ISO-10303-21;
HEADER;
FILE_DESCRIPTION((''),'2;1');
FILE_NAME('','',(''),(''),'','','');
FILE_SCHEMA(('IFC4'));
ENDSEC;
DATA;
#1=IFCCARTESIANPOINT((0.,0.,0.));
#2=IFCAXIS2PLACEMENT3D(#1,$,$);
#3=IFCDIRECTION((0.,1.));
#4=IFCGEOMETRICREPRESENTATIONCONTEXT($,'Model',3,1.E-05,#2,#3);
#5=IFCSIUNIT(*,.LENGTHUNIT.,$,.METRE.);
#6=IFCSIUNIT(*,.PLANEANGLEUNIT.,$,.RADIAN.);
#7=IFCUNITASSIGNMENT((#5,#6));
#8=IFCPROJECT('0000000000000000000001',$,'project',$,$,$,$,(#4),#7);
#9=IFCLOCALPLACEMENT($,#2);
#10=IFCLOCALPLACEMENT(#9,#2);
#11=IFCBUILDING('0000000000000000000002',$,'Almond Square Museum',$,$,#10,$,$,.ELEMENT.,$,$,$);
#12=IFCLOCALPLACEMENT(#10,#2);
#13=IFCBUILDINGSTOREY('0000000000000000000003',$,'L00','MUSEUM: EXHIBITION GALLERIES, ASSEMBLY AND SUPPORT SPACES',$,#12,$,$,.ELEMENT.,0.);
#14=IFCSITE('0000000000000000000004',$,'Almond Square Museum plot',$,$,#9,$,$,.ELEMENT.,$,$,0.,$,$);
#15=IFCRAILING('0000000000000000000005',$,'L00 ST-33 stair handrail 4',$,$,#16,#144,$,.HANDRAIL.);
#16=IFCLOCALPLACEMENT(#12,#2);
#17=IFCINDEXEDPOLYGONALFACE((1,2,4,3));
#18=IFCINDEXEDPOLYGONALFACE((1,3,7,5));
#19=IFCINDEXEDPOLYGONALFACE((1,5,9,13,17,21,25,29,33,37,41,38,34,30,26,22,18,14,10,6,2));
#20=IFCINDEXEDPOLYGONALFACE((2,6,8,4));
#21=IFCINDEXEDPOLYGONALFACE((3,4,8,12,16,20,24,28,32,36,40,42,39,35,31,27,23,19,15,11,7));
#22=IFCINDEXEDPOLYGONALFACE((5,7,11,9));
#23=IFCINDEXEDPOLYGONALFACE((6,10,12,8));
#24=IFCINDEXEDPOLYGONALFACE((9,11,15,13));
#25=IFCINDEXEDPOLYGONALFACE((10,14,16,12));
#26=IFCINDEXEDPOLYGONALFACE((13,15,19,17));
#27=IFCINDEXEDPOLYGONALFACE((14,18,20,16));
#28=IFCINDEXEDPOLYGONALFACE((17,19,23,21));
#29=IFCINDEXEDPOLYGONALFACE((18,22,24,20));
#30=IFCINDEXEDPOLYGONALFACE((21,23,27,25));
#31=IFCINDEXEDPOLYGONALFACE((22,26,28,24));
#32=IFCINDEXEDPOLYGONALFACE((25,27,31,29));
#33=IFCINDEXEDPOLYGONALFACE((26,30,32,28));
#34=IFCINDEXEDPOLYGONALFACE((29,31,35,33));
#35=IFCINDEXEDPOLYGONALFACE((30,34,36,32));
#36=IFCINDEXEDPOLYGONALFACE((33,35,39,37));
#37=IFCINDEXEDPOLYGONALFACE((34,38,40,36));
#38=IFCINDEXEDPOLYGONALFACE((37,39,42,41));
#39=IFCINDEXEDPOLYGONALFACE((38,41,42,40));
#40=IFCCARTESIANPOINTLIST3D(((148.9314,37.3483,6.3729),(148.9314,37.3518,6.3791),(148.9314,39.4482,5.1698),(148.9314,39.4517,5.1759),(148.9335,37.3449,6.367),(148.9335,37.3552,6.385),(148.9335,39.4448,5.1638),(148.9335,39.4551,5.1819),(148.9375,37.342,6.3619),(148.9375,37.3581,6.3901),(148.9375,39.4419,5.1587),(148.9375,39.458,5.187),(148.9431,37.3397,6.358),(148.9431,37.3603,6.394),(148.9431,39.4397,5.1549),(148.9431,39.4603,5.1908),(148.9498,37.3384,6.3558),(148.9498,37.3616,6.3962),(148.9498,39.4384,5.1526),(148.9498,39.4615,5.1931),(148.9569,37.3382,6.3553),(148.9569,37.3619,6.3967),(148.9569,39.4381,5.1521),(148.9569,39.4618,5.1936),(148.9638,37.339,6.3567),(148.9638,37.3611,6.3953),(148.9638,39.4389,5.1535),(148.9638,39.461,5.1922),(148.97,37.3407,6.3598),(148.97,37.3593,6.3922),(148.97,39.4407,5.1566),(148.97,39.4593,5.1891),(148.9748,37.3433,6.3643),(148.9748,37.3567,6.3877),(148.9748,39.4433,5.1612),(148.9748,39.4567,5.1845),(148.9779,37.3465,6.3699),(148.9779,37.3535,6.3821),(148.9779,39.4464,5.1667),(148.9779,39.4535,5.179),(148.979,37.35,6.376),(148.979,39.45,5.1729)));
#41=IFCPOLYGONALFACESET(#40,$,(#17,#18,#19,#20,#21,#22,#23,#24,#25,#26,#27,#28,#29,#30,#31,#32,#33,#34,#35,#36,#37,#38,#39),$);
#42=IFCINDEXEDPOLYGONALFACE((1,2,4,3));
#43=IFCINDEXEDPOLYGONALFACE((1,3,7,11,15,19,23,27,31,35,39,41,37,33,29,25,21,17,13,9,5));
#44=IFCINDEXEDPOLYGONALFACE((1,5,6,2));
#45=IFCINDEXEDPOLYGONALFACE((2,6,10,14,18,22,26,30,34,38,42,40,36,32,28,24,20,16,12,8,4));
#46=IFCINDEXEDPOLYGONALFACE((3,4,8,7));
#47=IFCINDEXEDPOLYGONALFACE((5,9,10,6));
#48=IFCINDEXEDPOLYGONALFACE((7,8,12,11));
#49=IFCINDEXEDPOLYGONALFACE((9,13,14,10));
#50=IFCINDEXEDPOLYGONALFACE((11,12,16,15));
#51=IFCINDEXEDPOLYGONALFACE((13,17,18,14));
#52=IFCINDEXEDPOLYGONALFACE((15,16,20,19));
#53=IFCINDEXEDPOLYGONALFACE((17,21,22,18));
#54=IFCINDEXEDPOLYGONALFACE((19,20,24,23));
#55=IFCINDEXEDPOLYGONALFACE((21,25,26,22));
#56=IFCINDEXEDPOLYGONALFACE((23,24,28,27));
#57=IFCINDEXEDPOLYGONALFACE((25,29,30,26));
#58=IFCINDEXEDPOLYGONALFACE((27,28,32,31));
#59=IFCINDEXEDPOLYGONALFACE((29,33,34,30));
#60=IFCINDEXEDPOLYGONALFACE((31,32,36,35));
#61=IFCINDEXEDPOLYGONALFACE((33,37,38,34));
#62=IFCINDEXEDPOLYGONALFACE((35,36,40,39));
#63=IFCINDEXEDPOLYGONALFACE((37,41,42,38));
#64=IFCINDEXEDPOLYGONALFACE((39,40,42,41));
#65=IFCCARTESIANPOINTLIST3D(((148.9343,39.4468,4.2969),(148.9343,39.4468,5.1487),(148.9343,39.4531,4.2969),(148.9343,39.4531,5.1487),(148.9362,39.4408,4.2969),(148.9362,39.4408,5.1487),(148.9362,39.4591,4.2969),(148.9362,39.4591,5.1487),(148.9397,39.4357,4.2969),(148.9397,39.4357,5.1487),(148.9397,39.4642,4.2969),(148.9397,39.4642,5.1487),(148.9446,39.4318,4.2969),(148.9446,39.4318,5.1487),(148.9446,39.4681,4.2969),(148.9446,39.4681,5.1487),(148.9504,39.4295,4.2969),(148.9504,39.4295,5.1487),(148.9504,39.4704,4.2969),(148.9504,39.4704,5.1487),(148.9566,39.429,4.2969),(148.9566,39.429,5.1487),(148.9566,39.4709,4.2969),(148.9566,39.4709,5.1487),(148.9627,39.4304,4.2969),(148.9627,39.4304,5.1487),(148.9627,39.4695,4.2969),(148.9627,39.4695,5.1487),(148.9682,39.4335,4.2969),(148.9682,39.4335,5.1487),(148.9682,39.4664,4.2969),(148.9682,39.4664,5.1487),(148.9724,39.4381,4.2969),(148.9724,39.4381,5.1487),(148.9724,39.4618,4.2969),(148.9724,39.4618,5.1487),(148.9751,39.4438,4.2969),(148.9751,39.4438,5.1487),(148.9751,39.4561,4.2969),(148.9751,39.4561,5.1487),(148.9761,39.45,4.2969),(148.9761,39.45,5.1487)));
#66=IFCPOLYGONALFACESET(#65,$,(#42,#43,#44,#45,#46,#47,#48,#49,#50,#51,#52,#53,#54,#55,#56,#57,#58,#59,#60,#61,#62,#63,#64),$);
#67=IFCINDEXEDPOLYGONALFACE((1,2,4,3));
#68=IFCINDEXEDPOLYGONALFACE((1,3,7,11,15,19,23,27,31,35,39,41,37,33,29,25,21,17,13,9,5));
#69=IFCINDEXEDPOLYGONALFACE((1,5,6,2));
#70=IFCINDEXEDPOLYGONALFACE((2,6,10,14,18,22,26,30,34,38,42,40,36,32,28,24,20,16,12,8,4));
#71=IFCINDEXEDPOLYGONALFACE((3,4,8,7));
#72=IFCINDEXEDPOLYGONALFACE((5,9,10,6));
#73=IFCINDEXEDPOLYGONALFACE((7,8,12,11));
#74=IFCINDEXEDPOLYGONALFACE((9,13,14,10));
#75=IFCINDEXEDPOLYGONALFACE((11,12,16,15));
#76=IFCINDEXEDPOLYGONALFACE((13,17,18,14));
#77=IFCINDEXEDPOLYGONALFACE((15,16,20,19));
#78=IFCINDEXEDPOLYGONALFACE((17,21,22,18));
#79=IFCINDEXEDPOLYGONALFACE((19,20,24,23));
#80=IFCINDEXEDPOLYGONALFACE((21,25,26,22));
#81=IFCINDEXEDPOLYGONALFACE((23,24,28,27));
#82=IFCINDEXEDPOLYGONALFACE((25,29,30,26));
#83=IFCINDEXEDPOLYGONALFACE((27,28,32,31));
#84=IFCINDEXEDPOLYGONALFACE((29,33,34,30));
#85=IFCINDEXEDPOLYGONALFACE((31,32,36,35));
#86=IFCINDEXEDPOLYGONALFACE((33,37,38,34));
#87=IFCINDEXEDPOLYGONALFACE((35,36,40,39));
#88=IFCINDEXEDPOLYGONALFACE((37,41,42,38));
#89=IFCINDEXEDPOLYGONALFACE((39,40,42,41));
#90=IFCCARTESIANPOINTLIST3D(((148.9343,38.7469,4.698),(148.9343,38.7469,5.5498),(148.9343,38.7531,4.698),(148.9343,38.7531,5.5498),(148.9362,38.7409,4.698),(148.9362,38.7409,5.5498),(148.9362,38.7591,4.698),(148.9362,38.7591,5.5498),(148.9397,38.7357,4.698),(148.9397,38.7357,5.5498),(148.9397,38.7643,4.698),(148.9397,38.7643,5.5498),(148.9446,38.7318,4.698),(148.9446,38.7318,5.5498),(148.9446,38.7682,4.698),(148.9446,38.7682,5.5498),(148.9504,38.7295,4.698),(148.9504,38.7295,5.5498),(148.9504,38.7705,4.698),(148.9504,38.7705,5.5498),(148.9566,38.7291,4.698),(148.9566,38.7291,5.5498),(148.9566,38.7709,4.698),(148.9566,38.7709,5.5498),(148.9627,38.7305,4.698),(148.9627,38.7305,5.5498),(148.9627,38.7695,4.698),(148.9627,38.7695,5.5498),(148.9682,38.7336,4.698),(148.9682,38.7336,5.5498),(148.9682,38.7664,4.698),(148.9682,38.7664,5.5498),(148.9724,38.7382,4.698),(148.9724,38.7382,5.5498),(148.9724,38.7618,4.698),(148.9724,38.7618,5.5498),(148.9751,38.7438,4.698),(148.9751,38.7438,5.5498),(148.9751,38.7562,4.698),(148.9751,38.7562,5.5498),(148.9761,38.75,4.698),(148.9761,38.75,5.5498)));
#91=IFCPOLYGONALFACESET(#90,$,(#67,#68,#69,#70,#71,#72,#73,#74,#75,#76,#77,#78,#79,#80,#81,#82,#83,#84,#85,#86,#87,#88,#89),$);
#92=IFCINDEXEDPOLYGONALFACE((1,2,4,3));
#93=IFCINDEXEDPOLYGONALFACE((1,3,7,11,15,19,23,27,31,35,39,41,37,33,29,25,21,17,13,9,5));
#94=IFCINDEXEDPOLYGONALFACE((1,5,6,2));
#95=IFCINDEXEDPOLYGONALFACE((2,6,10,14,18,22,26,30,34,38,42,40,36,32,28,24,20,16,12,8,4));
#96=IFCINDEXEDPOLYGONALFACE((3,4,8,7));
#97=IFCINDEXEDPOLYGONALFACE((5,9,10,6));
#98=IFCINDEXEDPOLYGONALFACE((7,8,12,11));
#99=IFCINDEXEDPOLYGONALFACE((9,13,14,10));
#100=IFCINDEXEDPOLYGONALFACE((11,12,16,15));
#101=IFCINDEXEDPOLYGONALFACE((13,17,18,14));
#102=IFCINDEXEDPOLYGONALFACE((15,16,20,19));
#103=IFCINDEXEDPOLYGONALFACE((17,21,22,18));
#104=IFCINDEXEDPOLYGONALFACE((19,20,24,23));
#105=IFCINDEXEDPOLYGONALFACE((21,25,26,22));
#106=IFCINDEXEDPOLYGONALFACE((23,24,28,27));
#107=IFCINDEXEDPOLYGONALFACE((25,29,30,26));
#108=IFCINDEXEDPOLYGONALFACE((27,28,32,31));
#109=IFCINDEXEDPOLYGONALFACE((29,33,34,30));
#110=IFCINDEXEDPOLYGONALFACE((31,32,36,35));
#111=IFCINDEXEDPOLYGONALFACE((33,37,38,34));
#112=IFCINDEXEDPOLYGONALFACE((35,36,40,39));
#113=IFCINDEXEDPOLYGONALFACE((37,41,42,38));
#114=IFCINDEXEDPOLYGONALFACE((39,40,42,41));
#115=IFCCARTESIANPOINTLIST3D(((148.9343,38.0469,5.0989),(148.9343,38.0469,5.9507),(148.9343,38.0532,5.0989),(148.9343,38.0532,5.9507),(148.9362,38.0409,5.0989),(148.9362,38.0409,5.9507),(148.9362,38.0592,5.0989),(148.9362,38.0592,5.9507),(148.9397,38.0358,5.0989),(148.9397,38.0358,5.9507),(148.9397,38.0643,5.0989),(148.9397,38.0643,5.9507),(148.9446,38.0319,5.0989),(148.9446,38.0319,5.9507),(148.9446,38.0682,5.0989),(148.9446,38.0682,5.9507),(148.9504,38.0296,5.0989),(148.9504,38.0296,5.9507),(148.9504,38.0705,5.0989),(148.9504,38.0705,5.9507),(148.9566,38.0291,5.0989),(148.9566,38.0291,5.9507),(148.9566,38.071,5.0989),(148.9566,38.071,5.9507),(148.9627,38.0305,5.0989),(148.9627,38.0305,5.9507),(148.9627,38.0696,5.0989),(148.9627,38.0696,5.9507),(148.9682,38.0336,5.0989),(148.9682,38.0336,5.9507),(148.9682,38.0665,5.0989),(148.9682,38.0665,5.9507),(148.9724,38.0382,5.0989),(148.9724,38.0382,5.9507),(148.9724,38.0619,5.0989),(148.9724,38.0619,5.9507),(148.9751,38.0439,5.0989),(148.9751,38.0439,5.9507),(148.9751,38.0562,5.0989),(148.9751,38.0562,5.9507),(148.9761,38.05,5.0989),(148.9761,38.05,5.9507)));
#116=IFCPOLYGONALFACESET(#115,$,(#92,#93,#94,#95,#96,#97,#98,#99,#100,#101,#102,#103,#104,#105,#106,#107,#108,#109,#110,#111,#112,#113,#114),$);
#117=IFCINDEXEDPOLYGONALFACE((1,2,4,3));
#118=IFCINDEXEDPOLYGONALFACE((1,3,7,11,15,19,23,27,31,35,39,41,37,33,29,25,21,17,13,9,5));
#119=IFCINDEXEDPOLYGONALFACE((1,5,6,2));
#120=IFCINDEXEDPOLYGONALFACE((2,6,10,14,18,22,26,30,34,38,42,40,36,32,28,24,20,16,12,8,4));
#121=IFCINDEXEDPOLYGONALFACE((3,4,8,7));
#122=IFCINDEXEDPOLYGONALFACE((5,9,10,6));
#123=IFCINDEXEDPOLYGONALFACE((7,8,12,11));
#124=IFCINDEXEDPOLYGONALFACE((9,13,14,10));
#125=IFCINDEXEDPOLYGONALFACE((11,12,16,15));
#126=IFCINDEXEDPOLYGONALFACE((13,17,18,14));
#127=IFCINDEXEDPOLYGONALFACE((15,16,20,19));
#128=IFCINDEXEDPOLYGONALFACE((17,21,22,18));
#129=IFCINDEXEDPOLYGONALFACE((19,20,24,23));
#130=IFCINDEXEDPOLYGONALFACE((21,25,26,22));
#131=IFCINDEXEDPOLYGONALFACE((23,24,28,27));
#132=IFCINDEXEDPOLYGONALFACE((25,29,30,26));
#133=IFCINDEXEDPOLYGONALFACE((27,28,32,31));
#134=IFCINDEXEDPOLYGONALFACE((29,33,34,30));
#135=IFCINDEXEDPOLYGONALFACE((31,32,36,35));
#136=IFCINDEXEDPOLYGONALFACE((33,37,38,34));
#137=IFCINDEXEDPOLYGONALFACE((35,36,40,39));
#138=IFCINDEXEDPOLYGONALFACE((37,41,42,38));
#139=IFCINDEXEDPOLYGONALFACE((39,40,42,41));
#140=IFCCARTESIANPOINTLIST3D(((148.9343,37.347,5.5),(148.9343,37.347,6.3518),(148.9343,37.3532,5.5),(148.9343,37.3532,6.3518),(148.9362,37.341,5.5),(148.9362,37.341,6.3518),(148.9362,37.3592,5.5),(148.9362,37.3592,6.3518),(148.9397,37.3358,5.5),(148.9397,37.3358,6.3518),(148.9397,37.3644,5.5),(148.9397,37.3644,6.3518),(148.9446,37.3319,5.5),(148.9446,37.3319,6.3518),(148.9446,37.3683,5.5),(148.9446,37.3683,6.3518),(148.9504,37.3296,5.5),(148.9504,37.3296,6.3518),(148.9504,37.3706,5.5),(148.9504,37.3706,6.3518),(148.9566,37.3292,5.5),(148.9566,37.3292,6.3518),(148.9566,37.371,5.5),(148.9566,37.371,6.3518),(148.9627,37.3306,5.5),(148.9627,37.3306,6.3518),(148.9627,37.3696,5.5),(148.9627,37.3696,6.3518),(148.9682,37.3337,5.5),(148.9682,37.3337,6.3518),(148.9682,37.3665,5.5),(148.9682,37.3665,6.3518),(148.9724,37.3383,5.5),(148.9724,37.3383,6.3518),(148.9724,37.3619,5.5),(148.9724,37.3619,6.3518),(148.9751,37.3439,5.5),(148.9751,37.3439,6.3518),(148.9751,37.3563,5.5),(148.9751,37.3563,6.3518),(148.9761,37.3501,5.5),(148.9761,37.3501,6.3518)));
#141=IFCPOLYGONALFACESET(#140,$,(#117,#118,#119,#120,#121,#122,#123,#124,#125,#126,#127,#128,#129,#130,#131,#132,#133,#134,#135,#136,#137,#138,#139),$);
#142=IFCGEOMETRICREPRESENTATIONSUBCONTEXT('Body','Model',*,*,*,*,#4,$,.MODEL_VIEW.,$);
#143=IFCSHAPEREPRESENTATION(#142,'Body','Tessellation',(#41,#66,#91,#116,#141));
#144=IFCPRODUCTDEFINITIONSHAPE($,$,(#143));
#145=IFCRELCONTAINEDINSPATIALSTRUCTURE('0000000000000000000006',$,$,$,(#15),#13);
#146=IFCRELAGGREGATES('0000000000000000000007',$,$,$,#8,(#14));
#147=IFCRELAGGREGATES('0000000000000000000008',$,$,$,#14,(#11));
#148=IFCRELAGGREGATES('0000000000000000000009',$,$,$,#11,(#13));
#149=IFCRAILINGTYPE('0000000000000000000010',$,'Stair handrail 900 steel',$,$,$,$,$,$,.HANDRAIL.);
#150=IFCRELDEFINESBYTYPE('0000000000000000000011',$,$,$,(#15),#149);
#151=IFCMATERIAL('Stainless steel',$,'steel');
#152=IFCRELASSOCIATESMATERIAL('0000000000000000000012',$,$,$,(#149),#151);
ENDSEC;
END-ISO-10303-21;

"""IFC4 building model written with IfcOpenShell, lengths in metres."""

from ifc_helpers import new_model, si_unit, direction, frame, origin, origin_2d, place, context, subcontext, project, spatial, circle, extrude, material, type_object, element, save


model = new_model("IFC4")

# Units and contexts
model_context = context("Model", 3, precision=1e-05, world=origin(), true_north=direction((0.0, 1.0)))
body_context = subcontext(model_context, "Body", "Model", "MODEL_VIEW")
ifc_project = project(units=[si_unit("LENGTHUNIT", "METRE"), si_unit("PLANEANGLEUNIT", "RADIAN")], contexts=[model_context])

# Site, building, storey
site_placement = place(None, origin())
site = spatial("IfcSite", under=ifc_project, at=site_placement, Name="Almond Square Museum plot", CompositionType="ELEMENT", RefElevation=0.0)
building_placement = place(site_placement, origin())
building = spatial("IfcBuilding", under=site, at=building_placement, Name="Almond Square Museum", CompositionType="ELEMENT")
storey_placement = place(building_placement, origin())
storey = spatial("IfcBuildingStorey", under=building, at=storey_placement, Name="L00", Description="MUSEUM: EXHIBITION GALLERIES, ASSEMBLY AND SUPPORT SPACES", CompositionType="ELEMENT", Elevation=0.0)

# Railing
ifc_material_1 = material(Name="Stainless steel", Category="steel")
railing_type_1 = type_object("IfcRailingType", Name="Stair handrail 900 steel", PredefinedType="HANDRAIL", material=ifc_material_1)
for number, where, name in (
    (1, (148.9551, 39.45, 4.2969), "L00 ST-33 stair handrail 4"),
):
    element("IfcRailing", number, at=place(storey_placement, frame(where)), inside=storey, type_object=railing_type_1, Name=name, PredefinedType="HANDRAIL", context=body_context, shape_type="SweptSolid", body=[
        extrude(circle(Radius=0.0239, at=origin_2d()), frame((0.0, 0.0, 0.876), z_axis=(0.0, -0.867671, 0.497138), x_axis=(1.0, 0.0, 0.0)), (0.0, 0.0, 1.0), 2.4202),
        extrude(circle(Radius=0.021, at=origin_2d()), origin(), (0.0, 0.0, 1.0), 0.8518),
        extrude(circle(Radius=0.021, at=origin_2d()), frame((0.0, -0.7, 0.4011)), (0.0, 0.0, 1.0), 0.8518),
        extrude(circle(Radius=0.021, at=origin_2d()), frame((0.0, -1.3999, 0.802)), (0.0, 0.0, 1.0), 0.8518),
        extrude(circle(Radius=0.021, at=origin_2d()), frame((0.0, -2.0999, 1.2031)), (0.0, 0.0, 1.0), 0.8518),
    ])

save(model, "model.ifc")
